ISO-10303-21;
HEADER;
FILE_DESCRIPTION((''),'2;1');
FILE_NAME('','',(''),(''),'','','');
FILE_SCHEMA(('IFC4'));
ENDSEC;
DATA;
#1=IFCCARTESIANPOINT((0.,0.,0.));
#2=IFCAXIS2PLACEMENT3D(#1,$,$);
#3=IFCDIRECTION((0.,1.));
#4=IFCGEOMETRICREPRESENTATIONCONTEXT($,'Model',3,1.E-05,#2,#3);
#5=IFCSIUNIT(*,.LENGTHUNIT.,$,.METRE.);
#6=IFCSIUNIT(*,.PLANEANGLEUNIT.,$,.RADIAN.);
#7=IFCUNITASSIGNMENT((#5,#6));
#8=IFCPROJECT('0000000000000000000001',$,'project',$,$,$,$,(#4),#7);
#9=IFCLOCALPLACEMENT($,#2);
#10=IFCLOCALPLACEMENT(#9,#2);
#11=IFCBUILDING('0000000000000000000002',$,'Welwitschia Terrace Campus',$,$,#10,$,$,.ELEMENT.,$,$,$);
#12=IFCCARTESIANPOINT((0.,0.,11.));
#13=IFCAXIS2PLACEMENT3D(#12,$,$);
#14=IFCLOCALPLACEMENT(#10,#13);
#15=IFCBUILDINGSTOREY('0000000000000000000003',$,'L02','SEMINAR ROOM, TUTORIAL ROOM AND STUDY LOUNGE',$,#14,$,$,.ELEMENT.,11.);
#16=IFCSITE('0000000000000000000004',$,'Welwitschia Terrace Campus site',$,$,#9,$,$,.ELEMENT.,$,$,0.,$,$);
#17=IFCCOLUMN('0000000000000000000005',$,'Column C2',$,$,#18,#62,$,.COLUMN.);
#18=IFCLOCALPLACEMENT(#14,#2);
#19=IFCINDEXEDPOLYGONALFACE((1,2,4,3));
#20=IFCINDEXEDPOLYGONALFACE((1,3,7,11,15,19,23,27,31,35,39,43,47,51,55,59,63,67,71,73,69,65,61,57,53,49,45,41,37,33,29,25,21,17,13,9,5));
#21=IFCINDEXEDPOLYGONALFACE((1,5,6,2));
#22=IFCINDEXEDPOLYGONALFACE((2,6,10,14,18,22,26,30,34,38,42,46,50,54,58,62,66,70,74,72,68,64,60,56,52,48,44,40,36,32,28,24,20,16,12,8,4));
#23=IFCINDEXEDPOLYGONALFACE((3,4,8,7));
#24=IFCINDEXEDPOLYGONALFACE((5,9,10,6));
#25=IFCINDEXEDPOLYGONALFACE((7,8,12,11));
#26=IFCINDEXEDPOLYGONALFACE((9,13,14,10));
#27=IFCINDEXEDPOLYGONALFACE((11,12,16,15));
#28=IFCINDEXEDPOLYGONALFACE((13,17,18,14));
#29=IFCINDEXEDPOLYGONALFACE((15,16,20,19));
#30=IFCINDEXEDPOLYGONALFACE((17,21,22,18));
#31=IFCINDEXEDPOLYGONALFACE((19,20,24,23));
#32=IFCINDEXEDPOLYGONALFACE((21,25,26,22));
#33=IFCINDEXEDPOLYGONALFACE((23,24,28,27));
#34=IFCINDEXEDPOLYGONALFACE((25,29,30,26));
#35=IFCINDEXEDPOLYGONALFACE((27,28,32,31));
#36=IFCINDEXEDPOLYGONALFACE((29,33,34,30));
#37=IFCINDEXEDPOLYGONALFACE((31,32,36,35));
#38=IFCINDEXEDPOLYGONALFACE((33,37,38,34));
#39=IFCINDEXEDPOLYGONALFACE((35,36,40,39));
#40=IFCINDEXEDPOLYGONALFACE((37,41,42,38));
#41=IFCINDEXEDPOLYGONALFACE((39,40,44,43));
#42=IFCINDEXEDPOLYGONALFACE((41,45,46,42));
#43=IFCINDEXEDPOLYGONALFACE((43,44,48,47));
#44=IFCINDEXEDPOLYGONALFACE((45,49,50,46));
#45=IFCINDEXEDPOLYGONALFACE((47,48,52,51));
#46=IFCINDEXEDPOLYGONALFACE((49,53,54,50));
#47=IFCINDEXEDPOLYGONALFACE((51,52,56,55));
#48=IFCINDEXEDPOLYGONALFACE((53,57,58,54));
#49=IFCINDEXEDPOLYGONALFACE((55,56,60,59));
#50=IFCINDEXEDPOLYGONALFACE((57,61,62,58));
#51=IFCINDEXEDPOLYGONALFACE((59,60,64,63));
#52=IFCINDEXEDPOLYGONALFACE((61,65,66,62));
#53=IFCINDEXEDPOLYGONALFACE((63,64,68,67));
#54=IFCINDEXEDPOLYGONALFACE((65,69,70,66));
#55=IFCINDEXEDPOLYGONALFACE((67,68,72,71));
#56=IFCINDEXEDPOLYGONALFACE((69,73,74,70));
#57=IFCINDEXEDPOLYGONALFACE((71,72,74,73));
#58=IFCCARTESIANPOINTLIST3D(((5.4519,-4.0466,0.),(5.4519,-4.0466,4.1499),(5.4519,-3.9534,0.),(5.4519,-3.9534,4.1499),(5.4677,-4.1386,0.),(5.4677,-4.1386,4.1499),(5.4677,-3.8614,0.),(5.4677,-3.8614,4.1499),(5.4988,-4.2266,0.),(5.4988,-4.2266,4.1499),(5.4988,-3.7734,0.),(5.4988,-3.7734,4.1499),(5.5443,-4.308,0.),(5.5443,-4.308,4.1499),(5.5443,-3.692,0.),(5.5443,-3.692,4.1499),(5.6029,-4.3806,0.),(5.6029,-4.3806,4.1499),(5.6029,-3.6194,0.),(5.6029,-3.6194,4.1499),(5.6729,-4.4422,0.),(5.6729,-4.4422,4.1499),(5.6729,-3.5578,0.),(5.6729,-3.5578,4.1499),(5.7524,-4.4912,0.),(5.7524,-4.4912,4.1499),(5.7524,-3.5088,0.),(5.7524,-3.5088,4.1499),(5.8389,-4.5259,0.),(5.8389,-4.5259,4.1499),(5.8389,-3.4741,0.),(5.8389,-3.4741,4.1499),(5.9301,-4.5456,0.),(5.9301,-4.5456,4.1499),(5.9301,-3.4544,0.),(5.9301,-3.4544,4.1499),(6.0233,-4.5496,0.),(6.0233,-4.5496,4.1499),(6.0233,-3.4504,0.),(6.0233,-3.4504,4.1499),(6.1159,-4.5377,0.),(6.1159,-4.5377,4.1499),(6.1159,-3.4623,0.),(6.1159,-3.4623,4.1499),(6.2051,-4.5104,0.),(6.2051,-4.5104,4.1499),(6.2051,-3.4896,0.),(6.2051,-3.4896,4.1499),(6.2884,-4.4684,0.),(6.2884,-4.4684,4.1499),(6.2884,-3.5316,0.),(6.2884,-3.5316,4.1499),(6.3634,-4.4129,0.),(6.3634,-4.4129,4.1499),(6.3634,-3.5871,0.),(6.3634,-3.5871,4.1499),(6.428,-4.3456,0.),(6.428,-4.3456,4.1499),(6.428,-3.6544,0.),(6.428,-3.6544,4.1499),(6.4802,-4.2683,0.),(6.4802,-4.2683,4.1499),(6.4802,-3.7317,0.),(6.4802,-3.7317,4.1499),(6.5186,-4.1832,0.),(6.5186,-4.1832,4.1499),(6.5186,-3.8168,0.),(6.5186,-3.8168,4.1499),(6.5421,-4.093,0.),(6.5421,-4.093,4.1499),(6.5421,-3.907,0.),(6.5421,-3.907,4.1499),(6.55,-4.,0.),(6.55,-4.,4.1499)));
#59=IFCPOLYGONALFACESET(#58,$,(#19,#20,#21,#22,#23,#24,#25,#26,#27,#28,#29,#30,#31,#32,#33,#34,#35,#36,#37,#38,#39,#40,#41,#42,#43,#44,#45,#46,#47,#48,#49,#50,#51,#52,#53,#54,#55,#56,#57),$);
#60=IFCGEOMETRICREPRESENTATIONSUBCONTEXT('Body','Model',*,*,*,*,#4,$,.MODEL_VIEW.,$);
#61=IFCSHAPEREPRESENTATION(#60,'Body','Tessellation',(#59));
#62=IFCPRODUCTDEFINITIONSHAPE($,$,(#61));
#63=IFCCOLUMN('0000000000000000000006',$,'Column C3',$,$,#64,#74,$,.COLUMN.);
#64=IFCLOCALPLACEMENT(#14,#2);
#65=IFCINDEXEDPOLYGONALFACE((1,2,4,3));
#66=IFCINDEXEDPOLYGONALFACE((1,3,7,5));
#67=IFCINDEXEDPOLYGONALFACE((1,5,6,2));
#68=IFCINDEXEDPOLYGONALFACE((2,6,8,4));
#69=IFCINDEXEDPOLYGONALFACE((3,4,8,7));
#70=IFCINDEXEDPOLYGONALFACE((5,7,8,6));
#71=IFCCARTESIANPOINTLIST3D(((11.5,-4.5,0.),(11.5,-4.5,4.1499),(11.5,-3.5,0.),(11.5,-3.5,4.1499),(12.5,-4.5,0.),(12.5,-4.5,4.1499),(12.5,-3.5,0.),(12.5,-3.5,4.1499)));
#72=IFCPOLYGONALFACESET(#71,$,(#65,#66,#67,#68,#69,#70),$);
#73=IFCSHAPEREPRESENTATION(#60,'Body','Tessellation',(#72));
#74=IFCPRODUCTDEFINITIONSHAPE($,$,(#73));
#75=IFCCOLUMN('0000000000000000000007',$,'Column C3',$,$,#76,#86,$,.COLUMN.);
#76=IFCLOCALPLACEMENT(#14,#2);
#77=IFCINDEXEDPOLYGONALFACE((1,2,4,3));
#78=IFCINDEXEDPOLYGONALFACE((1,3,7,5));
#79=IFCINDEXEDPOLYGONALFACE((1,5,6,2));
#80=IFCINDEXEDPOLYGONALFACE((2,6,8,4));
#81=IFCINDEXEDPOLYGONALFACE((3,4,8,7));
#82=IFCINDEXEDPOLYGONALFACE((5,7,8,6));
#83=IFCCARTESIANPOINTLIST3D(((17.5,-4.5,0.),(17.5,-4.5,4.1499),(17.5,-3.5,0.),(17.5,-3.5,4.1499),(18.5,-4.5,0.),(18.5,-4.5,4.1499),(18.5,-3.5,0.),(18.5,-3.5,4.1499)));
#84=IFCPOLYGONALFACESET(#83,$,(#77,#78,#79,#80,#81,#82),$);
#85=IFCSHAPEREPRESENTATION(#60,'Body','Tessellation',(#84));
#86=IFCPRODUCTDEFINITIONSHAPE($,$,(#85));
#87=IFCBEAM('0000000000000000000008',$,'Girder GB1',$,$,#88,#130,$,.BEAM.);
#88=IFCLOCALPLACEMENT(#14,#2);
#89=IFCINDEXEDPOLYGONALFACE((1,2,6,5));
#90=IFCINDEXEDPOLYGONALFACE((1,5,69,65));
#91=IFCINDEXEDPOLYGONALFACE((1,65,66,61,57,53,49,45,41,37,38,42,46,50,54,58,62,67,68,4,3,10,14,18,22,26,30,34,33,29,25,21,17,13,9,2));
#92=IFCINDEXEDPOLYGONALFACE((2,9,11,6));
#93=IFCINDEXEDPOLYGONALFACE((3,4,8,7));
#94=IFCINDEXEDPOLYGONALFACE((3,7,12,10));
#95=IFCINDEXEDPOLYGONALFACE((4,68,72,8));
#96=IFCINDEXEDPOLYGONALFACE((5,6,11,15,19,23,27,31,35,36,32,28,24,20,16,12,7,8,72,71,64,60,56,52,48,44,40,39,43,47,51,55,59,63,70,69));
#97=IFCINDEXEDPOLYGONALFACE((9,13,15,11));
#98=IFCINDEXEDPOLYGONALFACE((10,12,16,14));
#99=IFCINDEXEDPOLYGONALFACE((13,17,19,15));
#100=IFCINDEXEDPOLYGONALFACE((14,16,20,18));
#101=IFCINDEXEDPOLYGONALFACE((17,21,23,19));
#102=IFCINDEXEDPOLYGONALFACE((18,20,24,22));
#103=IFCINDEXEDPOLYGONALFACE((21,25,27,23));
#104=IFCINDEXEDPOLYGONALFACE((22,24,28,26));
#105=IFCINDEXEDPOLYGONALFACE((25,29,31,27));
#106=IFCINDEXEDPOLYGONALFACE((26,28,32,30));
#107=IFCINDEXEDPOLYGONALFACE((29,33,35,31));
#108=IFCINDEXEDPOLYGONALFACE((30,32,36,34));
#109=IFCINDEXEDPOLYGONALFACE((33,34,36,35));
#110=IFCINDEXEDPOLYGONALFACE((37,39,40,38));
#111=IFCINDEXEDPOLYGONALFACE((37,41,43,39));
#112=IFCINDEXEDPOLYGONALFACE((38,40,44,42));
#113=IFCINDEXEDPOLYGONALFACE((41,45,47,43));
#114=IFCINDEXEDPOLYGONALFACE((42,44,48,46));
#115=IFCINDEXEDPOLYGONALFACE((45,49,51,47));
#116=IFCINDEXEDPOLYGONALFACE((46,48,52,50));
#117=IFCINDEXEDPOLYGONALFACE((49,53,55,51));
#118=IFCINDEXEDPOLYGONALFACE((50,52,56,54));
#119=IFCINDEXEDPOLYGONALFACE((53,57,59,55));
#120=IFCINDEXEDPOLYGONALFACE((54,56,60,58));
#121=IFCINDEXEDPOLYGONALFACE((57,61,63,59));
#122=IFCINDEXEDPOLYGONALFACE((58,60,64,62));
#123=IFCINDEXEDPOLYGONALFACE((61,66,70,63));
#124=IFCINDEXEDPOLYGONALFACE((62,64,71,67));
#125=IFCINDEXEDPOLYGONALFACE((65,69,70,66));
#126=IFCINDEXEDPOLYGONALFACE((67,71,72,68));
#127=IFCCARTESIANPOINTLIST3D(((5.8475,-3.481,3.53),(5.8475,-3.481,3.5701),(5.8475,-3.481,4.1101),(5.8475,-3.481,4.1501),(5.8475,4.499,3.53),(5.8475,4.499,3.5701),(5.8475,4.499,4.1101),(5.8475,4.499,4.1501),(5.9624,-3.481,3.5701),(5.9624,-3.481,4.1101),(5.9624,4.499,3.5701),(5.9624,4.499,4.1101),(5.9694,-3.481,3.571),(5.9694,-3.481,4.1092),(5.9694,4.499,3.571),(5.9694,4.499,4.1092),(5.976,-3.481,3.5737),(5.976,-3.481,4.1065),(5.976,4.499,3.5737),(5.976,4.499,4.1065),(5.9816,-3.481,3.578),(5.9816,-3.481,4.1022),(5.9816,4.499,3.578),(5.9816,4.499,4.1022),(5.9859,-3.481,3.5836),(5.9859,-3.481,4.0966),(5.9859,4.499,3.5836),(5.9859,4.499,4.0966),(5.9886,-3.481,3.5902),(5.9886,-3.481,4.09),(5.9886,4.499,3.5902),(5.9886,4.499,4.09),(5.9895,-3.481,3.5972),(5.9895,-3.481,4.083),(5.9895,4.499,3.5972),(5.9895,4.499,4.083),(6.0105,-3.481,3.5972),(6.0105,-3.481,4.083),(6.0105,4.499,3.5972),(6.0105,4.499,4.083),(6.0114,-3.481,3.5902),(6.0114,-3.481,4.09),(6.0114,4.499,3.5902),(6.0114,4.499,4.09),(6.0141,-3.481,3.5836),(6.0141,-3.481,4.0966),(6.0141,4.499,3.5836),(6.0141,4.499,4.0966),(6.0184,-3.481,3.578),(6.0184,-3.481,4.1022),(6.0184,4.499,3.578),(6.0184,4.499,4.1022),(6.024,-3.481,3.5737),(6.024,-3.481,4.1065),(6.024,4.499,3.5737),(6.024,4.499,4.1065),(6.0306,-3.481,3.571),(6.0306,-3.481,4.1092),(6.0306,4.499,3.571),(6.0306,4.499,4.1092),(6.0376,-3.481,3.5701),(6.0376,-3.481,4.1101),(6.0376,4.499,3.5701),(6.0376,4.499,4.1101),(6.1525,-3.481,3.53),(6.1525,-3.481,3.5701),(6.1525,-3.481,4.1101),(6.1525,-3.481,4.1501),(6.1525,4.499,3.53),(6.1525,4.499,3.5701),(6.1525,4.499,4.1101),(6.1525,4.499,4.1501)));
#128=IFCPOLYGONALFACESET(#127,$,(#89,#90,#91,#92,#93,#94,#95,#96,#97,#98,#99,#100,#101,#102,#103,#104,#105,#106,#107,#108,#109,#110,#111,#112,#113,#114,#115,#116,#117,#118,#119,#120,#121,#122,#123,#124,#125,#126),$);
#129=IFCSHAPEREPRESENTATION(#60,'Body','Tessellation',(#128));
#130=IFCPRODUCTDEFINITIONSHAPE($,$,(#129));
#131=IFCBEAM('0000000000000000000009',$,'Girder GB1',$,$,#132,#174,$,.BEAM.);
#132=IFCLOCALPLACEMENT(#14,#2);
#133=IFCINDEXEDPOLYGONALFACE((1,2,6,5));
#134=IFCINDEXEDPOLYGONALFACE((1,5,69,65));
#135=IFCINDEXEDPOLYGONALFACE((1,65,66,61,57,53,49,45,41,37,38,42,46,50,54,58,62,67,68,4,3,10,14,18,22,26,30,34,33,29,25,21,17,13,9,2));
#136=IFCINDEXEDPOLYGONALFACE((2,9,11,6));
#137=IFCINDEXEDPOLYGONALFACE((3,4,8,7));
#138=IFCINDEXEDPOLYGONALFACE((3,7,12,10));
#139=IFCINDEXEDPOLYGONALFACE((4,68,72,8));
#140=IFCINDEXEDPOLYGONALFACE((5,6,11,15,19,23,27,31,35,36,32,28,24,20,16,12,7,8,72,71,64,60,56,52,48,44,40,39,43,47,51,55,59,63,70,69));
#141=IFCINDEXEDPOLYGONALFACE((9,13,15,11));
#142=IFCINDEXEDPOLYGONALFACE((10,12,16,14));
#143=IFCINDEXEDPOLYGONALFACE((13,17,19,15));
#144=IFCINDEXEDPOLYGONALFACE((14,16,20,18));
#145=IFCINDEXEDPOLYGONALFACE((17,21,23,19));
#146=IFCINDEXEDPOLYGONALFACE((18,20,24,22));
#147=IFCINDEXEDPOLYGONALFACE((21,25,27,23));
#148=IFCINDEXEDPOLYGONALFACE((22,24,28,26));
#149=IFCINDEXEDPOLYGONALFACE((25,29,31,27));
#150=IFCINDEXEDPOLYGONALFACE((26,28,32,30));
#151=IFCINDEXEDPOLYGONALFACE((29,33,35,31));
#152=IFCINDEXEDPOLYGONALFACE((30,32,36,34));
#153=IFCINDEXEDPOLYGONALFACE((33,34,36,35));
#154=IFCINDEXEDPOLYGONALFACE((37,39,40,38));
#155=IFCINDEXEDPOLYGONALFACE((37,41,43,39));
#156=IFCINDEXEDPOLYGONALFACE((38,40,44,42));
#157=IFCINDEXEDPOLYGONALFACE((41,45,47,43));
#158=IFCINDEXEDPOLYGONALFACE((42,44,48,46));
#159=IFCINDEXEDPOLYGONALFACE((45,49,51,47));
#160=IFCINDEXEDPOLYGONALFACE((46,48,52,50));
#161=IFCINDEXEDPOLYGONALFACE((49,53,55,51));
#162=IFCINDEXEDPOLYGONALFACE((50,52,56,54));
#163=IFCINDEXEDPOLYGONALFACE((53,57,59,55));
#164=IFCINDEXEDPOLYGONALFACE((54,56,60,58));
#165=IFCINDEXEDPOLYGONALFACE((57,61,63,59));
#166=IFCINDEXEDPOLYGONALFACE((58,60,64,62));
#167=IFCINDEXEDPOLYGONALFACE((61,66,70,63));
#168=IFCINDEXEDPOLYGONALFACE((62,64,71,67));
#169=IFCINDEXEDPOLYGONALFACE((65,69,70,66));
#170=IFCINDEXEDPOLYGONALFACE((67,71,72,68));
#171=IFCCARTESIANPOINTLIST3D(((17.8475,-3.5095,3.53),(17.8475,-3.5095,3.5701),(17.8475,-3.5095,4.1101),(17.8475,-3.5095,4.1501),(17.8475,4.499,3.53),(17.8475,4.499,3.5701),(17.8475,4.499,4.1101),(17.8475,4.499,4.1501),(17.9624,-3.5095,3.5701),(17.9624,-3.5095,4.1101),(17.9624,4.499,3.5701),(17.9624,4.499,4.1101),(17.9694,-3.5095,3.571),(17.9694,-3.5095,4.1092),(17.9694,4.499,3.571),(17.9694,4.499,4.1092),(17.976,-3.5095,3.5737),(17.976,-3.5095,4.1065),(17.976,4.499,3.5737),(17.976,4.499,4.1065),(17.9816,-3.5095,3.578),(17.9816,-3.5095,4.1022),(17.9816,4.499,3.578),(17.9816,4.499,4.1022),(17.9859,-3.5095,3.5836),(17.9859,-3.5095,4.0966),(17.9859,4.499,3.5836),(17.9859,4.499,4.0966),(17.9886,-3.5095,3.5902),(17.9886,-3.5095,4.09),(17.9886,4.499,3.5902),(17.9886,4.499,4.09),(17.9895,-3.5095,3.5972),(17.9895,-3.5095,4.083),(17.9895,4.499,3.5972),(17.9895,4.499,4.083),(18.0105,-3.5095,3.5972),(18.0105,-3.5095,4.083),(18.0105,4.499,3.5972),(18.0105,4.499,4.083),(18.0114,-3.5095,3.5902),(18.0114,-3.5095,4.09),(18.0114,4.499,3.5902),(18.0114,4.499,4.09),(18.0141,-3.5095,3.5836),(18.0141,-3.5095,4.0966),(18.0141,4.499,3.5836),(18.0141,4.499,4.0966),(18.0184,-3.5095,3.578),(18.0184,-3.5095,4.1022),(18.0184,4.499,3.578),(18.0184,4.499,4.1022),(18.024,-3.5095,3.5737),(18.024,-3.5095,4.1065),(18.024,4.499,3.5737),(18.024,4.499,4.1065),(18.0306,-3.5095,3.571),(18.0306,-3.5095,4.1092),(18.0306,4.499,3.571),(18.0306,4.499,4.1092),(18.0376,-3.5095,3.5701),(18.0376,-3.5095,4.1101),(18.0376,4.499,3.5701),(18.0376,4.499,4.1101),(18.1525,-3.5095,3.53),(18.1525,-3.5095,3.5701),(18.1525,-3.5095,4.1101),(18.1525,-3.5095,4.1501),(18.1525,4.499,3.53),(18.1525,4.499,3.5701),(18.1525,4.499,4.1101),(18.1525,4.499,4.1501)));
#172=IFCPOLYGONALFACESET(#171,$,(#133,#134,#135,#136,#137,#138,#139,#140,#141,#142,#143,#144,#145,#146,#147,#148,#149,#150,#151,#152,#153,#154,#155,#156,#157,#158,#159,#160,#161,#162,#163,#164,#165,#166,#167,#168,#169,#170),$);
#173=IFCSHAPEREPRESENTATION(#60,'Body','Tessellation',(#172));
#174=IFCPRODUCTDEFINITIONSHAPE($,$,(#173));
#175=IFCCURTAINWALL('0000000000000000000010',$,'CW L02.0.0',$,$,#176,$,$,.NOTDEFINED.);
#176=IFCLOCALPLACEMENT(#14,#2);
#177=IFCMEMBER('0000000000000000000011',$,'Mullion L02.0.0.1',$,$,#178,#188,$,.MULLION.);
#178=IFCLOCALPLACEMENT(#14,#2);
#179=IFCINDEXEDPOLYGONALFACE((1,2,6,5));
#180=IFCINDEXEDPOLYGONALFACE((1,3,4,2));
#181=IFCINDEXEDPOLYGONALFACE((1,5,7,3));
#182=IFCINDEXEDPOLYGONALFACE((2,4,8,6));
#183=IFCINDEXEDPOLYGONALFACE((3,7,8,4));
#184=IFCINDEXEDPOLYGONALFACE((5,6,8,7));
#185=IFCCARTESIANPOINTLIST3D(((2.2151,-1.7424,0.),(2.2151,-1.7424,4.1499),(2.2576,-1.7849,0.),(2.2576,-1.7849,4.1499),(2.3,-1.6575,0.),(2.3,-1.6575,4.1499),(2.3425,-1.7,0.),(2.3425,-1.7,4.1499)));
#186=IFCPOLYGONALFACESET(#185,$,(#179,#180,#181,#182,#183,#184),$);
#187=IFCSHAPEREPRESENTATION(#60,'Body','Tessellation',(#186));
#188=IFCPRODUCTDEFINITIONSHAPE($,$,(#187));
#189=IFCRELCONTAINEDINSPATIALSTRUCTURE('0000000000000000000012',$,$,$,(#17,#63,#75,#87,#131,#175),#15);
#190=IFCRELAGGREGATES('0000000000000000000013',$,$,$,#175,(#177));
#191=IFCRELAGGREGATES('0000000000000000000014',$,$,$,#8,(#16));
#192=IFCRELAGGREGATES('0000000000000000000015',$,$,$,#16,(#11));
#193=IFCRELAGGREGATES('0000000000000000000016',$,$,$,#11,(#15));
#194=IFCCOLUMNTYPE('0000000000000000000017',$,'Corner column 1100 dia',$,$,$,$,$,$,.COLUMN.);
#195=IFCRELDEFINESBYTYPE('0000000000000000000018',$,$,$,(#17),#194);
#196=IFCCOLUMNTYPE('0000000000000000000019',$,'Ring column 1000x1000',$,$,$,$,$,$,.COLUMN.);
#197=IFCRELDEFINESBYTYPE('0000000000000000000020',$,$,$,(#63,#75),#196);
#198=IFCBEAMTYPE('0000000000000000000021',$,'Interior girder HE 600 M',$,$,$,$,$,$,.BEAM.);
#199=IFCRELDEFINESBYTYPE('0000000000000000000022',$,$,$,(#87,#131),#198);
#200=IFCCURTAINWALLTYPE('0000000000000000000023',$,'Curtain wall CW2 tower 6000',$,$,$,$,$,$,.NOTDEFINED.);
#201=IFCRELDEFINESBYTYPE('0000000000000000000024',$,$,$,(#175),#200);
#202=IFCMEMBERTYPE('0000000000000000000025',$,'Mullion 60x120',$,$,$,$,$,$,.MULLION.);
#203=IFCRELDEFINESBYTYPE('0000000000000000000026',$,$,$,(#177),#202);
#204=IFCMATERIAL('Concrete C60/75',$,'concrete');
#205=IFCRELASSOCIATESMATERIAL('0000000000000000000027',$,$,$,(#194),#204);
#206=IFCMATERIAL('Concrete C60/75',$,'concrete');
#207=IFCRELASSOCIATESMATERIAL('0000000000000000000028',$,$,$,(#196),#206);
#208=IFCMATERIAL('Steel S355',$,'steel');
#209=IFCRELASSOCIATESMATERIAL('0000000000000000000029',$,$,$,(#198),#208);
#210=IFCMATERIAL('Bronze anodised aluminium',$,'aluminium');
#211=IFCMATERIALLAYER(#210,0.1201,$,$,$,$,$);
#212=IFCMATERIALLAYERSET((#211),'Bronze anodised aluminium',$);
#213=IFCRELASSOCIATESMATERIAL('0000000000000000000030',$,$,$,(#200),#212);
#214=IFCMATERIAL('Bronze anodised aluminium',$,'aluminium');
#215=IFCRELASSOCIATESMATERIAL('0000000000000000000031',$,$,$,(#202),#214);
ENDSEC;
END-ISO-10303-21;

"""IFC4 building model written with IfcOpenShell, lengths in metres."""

from ifc_helpers import new_model, si_unit, direction, frame, origin, origin_2d, place, context, subcontext, project, spatial, rectangle, circle, i_section, extrude, material, layer, layer_set, material_profile, profile_set, type_object, element, aggregate, save


model = new_model("IFC4")

# Units and contexts
model_context = context("Model", 3, precision=1e-05, world=origin(), true_north=direction((0.0, 1.0)))
body_context = subcontext(model_context, "Body", "Model", "MODEL_VIEW")
ifc_project = project(units=[si_unit("LENGTHUNIT", "METRE"), si_unit("PLANEANGLEUNIT", "RADIAN")], contexts=[model_context])

# Site, building, storey
site_placement = place(None, origin())
site = spatial("IfcSite", under=ifc_project, at=site_placement, Name="Welwitschia Terrace Campus site", CompositionType="ELEMENT", RefElevation=0.0)
building_placement = place(site_placement, origin())
building = spatial("IfcBuilding", under=site, at=building_placement, Name="Welwitschia Terrace Campus", CompositionType="ELEMENT")
storey_placement = place(building_placement, frame((0.0, 0.0, 11.0)))
storey = spatial("IfcBuildingStorey", under=building, at=storey_placement, Name="L02", Description="SEMINAR ROOM, TUTORIAL ROOM AND STUDY LOUNGE", CompositionType="ELEMENT", Elevation=11.0)

# Columns
ifc_material_1 = material(Name="Concrete C60/75", Category="concrete")
ifc_material_profile_1 = material_profile(ifc_material_1, circle(Radius=0.55, at=origin_2d()))
ifc_profile_set_1 = profile_set([ifc_material_profile_1], Name="Concrete C60/75")
column_type_1 = type_object("IfcColumnType", Name="Corner column 1100 dia", PredefinedType="COLUMN", material=ifc_profile_set_1)
column_placement = place(storey_placement, frame((6.0, -4.0, 0.0), z_axis=(0.0, 0.0, 1.0), x_axis=(1.0, 0.0, 0.0)))
element("IfcColumn", 1, at=column_placement, inside=storey, type_object=column_type_1, Name="Column C2", PredefinedType="COLUMN", context=body_context, shape_type="SweptSolid", body=[
    extrude(circle(Radius=0.55, at=origin_2d()), origin(), (0.0, 0.0, 1.0), 4.1499),
])
ifc_material_2 = material(Name="Concrete C60/75", Category="concrete")
ifc_material_profile_2 = material_profile(ifc_material_2, rectangle(XDim=1.0, YDim=1.0, at=origin_2d()))
ifc_profile_set_2 = profile_set([ifc_material_profile_2], Name="Concrete C60/75")
column_type_2 = type_object("IfcColumnType", Name="Ring column 1000x1000", PredefinedType="COLUMN", material=ifc_profile_set_2)
for number, where, z_axis, x_axis, name in (
    (2, (12.0, -4.0, 0.0), (0.0, 0.0, 1.0), (1.0, 0.0, 0.0), "Column C3"),
    (3, (18.0, -4.0, 0.0), (0.0, 0.0, 1.0), (1.0, 0.0, 0.0), "Column C3"),
):
    element("IfcColumn", number, at=place(storey_placement, frame(where, z_axis=z_axis, x_axis=x_axis)), inside=storey, type_object=column_type_2, Name=name, PredefinedType="COLUMN", context=body_context, shape_type="SweptSolid", body=[
        extrude(rectangle(XDim=1.0, YDim=1.0, at=origin_2d()), origin(), (0.0, 0.0, 1.0), 4.1499),
    ])

# Beams
ifc_material_3 = material(Name="Steel S355", Category="steel")
ifc_material_profile_3 = material_profile(ifc_material_3, i_section(OverallWidth=0.3049, OverallDepth=0.6201, WebThickness=0.021, FlangeThickness=0.04, FilletRadius=0.0271, at=origin_2d()))
ifc_profile_set_3 = profile_set([ifc_material_profile_3], Name="Steel S355")
beam_type_1 = type_object("IfcBeamType", Name="Interior girder HE 600 M", PredefinedType="BEAM", material=ifc_profile_set_3)
beam_1_placement = place(storey_placement, frame((6.0, -3.481, 3.8401), z_axis=(0.0, 1.0, 0.0), x_axis=(-1.0, 0.0, 0.0)))
element("IfcBeam", 4, at=beam_1_placement, inside=storey, type_object=beam_type_1, Name="Girder GB1", PredefinedType="BEAM", context=body_context, shape_type="SweptSolid", body=[
    extrude(i_section(OverallWidth=0.3049, OverallDepth=0.6201, WebThickness=0.021, FlangeThickness=0.04, FilletRadius=0.0271, at=origin_2d()), origin(), (0.0, 0.0, 1.0), 7.98),
])
beam_2_placement = place(storey_placement, frame((18.0, -3.5095, 3.8401), z_axis=(0.0, 1.0, 0.0), x_axis=(-1.0, 0.0, 0.0)))
element("IfcBeam", 5, at=beam_2_placement, inside=storey, type_object=beam_type_1, Name="Girder GB1", PredefinedType="BEAM", context=body_context, shape_type="SweptSolid", body=[
    extrude(i_section(OverallWidth=0.3049, OverallDepth=0.6201, WebThickness=0.021, FlangeThickness=0.04, FilletRadius=0.0271, at=origin_2d()), origin(), (0.0, 0.0, 1.0), 8.0085),
])

# Curtain wall, member
ifc_material_4 = material(Name="Bronze anodised aluminium", Category="aluminium")
ifc_layer_1 = layer(ifc_material_4, 0.1201)
ifc_layer_set_1 = layer_set([ifc_layer_1], Name="Bronze anodised aluminium")
curtain_wall_type = type_object("IfcCurtainWallType", Name="Curtain wall CW2 tower 6000", PredefinedType="NOTDEFINED", material=ifc_layer_set_1)
curtain_wall_1_placement = place(storey_placement, origin())
curtain_wall_1 = element("IfcCurtainWall", 6, at=curtain_wall_1_placement, inside=storey, type_object=curtain_wall_type, Name="CW L02.0.0", PredefinedType="NOTDEFINED")
ifc_material_5 = material(Name="Bronze anodised aluminium", Category="aluminium")
ifc_material_profile_4 = material_profile(ifc_material_5, rectangle(XDim=0.1201, YDim=0.0601, at=origin_2d()))
ifc_profile_set_4 = profile_set([ifc_material_profile_4], Name="Bronze anodised aluminium")
member_type_1 = type_object("IfcMemberType", Name="Mullion 60x120", PredefinedType="MULLION", material=ifc_profile_set_4)
member_1_placement = place(storey_placement, frame((2.2788, -1.7212, 0.0), z_axis=(0.0, 0.0, 1.0), x_axis=(0.707107, 0.707107, 0.0)))
member_1 = element("IfcMember", 7, at=member_1_placement, type_object=member_type_1, Name="Mullion L02.0.0.1", PredefinedType="MULLION", context=body_context, shape_type="SweptSolid", body=[
    extrude(rectangle(XDim=0.1201, YDim=0.0601, at=origin_2d()), origin(), (0.0, 0.0, 1.0), 4.1499),
])

aggregate(curtain_wall_1, [member_1])

save(model, "model.ifc")
